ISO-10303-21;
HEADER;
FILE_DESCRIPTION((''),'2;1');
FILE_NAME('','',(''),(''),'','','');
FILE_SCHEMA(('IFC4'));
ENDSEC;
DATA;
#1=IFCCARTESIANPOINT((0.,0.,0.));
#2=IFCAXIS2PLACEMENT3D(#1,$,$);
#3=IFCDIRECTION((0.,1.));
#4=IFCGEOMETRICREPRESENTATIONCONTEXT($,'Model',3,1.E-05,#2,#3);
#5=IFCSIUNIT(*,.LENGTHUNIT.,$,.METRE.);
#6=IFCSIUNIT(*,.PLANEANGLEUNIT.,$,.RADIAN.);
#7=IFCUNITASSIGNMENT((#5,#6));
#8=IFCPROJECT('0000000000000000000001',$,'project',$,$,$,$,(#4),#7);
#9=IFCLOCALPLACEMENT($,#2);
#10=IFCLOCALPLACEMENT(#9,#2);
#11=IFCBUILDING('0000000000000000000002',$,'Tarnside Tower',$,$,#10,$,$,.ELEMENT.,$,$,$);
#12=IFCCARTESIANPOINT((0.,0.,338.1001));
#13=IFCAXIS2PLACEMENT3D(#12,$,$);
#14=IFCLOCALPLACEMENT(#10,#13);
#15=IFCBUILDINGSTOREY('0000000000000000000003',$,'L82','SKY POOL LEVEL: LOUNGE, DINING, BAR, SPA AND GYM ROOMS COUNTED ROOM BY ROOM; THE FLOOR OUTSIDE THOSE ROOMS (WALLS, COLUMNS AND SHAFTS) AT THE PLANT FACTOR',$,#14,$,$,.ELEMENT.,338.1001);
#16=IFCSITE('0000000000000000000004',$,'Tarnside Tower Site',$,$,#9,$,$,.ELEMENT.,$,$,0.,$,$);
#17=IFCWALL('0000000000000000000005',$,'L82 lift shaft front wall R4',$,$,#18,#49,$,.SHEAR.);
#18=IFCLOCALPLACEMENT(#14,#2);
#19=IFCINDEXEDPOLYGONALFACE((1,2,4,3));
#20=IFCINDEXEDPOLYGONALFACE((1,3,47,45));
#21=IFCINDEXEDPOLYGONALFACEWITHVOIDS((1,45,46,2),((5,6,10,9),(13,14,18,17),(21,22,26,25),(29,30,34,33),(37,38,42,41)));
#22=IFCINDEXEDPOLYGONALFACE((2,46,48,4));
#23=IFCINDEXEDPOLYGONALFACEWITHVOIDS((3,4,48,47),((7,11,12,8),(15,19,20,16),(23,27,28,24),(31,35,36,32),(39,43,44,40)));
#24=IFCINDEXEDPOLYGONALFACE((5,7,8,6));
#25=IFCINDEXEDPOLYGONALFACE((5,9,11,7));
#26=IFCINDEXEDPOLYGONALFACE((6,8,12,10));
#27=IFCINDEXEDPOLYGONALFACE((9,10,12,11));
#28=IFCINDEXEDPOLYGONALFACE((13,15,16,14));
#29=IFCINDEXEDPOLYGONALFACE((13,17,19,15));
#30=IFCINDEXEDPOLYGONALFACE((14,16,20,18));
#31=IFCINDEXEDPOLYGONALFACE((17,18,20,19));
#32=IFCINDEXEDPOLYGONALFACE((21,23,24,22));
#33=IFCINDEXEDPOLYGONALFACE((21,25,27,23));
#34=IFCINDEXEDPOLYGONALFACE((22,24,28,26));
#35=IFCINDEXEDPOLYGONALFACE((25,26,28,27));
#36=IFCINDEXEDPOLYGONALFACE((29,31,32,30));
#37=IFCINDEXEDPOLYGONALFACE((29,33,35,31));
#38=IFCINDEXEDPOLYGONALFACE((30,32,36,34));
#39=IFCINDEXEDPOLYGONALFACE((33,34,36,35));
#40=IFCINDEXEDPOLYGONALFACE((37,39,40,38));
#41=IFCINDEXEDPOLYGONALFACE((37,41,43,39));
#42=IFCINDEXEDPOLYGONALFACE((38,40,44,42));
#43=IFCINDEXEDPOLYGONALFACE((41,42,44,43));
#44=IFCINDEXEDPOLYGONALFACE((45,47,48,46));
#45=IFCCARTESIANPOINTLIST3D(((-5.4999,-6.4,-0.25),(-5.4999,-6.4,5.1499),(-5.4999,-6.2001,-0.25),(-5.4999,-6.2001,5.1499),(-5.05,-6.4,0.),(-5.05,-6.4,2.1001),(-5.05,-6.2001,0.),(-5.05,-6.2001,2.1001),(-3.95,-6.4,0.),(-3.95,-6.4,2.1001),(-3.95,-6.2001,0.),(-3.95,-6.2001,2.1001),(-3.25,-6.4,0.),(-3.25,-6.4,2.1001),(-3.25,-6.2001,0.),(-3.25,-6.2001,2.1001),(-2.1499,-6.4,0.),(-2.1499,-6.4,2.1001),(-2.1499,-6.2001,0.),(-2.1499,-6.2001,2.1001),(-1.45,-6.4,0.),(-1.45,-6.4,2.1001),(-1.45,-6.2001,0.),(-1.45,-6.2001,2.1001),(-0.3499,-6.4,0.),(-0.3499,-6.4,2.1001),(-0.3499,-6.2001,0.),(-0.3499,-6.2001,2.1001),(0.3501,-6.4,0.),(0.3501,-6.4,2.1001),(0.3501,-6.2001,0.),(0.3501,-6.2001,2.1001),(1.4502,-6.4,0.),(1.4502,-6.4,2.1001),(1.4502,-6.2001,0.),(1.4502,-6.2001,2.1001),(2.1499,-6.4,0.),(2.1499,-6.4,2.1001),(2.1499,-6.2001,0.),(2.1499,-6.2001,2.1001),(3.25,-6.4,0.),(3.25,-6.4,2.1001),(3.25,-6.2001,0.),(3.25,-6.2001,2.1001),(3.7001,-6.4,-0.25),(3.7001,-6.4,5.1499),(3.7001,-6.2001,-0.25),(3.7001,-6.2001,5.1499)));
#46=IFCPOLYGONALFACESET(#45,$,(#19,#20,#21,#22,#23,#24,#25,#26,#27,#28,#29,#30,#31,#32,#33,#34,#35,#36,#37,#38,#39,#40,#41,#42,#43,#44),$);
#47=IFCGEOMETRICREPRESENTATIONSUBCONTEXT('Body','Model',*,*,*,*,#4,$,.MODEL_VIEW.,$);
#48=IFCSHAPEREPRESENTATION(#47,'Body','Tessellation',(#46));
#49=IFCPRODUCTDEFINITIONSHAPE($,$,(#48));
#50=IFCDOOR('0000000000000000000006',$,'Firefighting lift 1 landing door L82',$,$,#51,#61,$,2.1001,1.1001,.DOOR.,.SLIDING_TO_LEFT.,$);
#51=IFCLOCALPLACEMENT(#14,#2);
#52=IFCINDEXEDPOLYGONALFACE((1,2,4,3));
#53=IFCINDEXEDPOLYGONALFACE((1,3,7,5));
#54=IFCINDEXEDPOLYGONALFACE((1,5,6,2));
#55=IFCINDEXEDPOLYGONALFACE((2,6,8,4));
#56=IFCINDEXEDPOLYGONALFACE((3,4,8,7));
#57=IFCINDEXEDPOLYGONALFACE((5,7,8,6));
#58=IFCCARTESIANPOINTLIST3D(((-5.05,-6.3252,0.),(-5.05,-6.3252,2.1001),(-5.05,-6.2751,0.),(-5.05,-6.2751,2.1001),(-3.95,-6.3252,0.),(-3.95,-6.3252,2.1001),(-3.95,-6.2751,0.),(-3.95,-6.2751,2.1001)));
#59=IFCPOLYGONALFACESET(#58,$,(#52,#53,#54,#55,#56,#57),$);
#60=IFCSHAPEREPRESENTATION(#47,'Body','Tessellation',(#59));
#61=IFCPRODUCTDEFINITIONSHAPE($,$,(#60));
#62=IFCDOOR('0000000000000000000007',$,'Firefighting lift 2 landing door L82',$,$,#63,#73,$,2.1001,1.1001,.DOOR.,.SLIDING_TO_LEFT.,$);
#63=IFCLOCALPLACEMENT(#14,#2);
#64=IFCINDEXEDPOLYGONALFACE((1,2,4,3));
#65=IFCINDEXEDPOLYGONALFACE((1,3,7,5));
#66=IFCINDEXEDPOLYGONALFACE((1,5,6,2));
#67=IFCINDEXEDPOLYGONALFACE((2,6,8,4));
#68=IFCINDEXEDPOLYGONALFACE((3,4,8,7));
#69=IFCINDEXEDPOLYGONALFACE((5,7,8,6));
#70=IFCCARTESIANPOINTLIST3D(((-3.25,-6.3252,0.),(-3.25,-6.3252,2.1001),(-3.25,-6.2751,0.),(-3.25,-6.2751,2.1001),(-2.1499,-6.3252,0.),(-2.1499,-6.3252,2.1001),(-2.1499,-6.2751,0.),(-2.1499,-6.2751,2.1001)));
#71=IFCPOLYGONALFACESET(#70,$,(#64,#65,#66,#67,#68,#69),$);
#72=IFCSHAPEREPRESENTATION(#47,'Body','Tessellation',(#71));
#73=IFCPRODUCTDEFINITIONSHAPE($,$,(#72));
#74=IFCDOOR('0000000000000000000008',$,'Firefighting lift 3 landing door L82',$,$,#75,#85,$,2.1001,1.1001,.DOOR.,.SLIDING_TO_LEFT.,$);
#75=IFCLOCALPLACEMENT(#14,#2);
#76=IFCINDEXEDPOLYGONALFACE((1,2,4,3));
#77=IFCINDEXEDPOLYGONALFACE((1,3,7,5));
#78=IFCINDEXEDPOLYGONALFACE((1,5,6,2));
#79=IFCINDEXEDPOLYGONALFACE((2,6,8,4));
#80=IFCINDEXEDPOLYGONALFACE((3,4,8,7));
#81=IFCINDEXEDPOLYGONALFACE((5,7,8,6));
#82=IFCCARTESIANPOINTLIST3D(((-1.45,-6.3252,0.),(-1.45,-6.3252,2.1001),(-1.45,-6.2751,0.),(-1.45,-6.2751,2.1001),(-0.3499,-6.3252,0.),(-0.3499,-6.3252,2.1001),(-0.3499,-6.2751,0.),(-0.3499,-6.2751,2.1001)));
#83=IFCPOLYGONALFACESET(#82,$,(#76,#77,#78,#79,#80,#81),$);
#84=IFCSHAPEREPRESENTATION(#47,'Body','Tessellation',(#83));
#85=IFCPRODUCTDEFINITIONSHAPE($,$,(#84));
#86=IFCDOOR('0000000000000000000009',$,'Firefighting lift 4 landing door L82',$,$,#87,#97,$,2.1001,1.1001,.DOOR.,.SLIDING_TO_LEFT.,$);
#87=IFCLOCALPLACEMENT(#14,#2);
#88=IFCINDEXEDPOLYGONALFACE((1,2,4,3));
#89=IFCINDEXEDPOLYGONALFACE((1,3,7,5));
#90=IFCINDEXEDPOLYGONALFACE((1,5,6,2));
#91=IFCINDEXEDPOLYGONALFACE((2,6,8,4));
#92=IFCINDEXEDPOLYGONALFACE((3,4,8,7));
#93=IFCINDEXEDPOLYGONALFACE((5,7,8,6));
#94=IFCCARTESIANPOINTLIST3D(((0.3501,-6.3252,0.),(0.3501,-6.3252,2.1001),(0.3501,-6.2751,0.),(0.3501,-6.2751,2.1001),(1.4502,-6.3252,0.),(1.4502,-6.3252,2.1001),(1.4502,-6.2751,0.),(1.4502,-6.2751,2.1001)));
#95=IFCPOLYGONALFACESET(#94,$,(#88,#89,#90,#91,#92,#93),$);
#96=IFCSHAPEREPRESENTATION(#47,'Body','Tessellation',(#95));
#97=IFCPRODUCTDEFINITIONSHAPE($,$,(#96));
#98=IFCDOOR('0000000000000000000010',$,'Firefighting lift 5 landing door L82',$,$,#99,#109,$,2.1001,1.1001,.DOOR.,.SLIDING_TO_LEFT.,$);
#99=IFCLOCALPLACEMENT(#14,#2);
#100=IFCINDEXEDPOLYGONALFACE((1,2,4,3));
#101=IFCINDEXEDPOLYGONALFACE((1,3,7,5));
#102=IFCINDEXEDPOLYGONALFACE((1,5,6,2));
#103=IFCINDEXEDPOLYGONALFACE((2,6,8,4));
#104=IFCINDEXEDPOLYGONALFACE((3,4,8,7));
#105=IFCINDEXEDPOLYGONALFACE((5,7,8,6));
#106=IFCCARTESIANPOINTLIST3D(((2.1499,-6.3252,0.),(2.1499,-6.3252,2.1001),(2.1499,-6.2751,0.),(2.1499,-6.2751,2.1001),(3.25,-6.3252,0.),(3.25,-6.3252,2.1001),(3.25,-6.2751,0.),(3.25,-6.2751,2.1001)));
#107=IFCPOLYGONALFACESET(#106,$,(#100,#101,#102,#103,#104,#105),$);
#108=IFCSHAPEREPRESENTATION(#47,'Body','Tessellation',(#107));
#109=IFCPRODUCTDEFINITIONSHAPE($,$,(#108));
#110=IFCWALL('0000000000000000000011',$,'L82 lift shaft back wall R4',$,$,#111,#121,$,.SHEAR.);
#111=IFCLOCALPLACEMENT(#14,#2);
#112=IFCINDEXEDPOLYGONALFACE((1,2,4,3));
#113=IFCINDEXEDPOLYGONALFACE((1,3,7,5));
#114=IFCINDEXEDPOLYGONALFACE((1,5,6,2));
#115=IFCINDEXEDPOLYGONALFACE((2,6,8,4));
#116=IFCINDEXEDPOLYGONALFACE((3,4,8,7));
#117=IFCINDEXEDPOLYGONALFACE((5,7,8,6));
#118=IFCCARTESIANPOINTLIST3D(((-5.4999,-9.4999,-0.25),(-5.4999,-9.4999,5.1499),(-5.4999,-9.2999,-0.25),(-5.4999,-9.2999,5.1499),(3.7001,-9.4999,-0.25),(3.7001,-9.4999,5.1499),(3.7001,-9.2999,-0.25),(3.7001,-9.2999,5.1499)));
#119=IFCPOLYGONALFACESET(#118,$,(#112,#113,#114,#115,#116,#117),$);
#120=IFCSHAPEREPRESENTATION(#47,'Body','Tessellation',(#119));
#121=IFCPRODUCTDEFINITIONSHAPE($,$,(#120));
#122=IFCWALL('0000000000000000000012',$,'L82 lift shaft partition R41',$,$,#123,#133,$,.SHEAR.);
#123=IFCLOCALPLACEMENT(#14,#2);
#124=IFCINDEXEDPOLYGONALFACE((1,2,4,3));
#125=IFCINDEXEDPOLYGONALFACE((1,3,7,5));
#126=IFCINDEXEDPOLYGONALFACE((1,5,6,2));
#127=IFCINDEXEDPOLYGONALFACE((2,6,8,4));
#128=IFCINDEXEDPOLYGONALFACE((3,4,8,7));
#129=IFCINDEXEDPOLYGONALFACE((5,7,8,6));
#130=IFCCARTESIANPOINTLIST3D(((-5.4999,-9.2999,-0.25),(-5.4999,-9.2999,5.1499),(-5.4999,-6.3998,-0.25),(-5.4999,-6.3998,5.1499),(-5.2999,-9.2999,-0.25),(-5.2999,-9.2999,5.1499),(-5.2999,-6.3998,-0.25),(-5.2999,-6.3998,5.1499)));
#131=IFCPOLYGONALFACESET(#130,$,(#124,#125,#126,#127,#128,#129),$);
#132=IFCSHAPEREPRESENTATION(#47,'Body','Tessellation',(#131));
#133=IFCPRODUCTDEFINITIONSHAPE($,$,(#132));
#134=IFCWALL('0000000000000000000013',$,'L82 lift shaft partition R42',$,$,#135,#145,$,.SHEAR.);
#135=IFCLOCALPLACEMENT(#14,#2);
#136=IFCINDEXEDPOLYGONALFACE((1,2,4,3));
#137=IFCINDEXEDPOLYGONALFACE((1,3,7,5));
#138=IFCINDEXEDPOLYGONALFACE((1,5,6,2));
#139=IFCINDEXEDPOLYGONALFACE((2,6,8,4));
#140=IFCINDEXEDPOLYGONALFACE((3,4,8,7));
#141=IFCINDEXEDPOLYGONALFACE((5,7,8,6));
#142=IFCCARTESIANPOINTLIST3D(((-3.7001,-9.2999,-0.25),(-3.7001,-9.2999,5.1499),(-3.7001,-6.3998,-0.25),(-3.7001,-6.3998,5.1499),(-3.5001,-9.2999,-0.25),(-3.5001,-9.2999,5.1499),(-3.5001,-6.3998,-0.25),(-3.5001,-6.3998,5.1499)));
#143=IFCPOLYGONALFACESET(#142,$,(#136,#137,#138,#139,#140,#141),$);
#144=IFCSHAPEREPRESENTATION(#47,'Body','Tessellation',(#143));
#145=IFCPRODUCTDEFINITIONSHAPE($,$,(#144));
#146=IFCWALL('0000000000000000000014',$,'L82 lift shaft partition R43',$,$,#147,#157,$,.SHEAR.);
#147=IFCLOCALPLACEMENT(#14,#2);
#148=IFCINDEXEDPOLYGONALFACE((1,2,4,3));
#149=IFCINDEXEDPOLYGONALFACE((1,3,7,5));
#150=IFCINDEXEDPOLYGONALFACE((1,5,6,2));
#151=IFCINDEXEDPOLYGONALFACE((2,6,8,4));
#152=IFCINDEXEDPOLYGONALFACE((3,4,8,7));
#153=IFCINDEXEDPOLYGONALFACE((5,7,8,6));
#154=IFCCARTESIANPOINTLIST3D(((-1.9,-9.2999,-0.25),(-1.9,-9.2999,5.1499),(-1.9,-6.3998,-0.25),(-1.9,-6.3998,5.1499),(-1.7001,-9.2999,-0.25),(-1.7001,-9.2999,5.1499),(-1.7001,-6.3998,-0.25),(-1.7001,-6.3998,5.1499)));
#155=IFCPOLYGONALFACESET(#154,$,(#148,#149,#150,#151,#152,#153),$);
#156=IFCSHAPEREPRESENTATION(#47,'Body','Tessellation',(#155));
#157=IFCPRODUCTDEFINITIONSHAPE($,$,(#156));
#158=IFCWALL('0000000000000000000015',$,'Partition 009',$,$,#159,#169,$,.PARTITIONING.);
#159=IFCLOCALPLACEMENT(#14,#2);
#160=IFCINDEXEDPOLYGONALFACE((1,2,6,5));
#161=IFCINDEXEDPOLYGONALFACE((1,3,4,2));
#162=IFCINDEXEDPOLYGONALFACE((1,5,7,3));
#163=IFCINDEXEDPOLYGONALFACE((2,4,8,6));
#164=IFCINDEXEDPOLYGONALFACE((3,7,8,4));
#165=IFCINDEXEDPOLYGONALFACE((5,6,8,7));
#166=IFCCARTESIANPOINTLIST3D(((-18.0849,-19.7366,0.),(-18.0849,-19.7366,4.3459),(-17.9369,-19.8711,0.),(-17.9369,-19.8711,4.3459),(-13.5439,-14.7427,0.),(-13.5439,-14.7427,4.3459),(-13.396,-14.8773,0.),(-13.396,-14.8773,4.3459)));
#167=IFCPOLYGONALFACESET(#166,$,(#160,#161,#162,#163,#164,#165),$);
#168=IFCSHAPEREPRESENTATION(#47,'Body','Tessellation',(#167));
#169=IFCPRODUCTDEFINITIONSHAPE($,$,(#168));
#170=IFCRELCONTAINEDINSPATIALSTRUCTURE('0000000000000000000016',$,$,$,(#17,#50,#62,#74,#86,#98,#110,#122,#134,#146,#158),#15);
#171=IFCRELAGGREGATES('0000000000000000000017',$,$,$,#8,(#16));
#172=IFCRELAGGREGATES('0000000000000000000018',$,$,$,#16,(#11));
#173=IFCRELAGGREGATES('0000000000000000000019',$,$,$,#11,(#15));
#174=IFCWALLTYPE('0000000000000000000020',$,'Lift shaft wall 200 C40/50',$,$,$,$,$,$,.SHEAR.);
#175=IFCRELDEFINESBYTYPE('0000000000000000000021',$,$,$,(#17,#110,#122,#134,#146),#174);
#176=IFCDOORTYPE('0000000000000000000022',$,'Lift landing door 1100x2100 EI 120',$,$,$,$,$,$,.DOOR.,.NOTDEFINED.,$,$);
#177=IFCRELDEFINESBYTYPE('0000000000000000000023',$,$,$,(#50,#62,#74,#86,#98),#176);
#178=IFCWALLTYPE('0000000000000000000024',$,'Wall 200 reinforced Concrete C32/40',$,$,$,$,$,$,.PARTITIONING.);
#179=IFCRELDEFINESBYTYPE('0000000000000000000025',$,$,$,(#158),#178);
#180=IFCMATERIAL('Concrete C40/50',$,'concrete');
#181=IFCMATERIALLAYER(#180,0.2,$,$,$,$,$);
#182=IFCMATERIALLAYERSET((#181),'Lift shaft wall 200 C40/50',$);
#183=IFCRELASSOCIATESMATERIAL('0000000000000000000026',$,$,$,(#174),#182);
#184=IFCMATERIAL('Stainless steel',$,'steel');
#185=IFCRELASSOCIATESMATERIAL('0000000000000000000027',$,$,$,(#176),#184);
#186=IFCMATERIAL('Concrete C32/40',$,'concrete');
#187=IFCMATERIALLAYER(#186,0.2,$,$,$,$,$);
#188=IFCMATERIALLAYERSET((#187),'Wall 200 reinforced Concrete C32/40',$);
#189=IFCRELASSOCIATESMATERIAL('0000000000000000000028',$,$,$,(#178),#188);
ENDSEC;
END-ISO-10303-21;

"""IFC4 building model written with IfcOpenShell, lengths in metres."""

from ifc_helpers import new_model, si_unit, direction, frame, frame_2d, origin, place, context, subcontext, project, spatial, rectangle, extrude, material, layer, layer_set, type_object, element, fill, save


model = new_model("IFC4")

# Units and contexts
model_context = context("Model", 3, precision=1e-05, world=origin(), true_north=direction((0.0, 1.0)))
body_context = subcontext(model_context, "Body", "Model", "MODEL_VIEW")
ifc_project = project(units=[si_unit("LENGTHUNIT", "METRE"), si_unit("PLANEANGLEUNIT", "RADIAN")], contexts=[model_context])

# Site, building, storey
site_placement = place(None, origin())
site = spatial("IfcSite", under=ifc_project, at=site_placement, Name="Tarnside Tower Site", CompositionType="ELEMENT", RefElevation=0.0)
building_placement = place(site_placement, origin())
building = spatial("IfcBuilding", under=site, at=building_placement, Name="Tarnside Tower", CompositionType="ELEMENT")
storey_placement = place(building_placement, frame((0.0, 0.0, 338.1001)))
storey = spatial("IfcBuildingStorey", under=building, at=storey_placement, Name="L82", Description="SKY POOL LEVEL: LOUNGE, DINING, BAR, SPA AND GYM ROOMS COUNTED ROOM BY ROOM; THE FLOOR OUTSIDE THOSE ROOMS (WALLS, COLUMNS AND SHAFTS) AT THE PLANT FACTOR", CompositionType="ELEMENT", Elevation=338.1001)

# Wall, openings, doors
ifc_material_1 = material(Name="Concrete C40/50", Category="concrete")
ifc_layer_1 = layer(ifc_material_1, 0.2)
ifc_layer_set_1 = layer_set([ifc_layer_1], Name="Lift shaft wall 200 C40/50")
wall_type_1 = type_object("IfcWallType", Name="Lift shaft wall 200 C40/50", PredefinedType="SHEAR", material=ifc_layer_set_1)
wall_1_placement = place(storey_placement, frame((-5.5, -6.3, -0.25), z_axis=(0.0, 0.0, 1.0), x_axis=(1.0, 0.0, 0.0)))
wall_1 = element("IfcWall", 1, at=wall_1_placement, inside=storey, type_object=wall_type_1, Name="L82 lift shaft front wall R4", PredefinedType="SHEAR", context=body_context, shape_type="SweptSolid", body=[
    extrude(rectangle(XDim=9.2, YDim=0.2, at=frame_2d((4.6001, 0.0))), origin(), (0.0, 0.0, 1.0), 5.3999),
])
opening_1_placement = place(wall_1_placement, frame((0.45, 0.0, 0.25)))
opening_1 = element("IfcOpeningElement", 2, at=opening_1_placement, cuts=wall_1, PredefinedType="OPENING", context=body_context, shape_type="SweptSolid", body=[
    extrude(rectangle(XDim=1.1001, YDim=2.1001, at=frame_2d((0.55, 1.05))), frame((0.0, 0.1099, 0.0), z_axis=(0.0, -1.0, 0.0), x_axis=(1.0, 0.0, 0.0)), (0.0, 0.0, 1.0), 0.22),
])
opening_2_placement = place(wall_1_placement, frame((2.25, 0.0, 0.25)))
opening_2 = element("IfcOpeningElement", 3, at=opening_2_placement, cuts=wall_1, PredefinedType="OPENING", context=body_context, shape_type="SweptSolid", body=[
    extrude(rectangle(XDim=1.1001, YDim=2.1001, at=frame_2d((0.55, 1.05))), frame((0.0, 0.1099, 0.0), z_axis=(0.0, -1.0, 0.0), x_axis=(1.0, 0.0, 0.0)), (0.0, 0.0, 1.0), 0.22),
])
opening_3_placement = place(wall_1_placement, frame((4.05, 0.0, 0.25)))
opening_3 = element("IfcOpeningElement", 4, at=opening_3_placement, cuts=wall_1, PredefinedType="OPENING", context=body_context, shape_type="SweptSolid", body=[
    extrude(rectangle(XDim=1.1001, YDim=2.1001, at=frame_2d((0.55, 1.05))), frame((0.0, 0.1099, 0.0), z_axis=(0.0, -1.0, 0.0), x_axis=(1.0, 0.0, 0.0)), (0.0, 0.0, 1.0), 0.22),
])
opening_4_placement = place(wall_1_placement, frame((5.8501, 0.0, 0.25)))
opening_4 = element("IfcOpeningElement", 5, at=opening_4_placement, cuts=wall_1, PredefinedType="OPENING", context=body_context, shape_type="SweptSolid", body=[
    extrude(rectangle(XDim=1.1001, YDim=2.1001, at=frame_2d((0.55, 1.05))), frame((0.0, 0.1099, 0.0), z_axis=(0.0, -1.0, 0.0), x_axis=(1.0, 0.0, 0.0)), (0.0, 0.0, 1.0), 0.22),
])
opening_5_placement = place(wall_1_placement, frame((7.6499, 0.0, 0.25)))
opening_5 = element("IfcOpeningElement", 6, at=opening_5_placement, cuts=wall_1, PredefinedType="OPENING", context=body_context, shape_type="SweptSolid", body=[
    extrude(rectangle(XDim=1.1001, YDim=2.1001, at=frame_2d((0.55, 1.05))), frame((0.0, 0.1099, 0.0), z_axis=(0.0, -1.0, 0.0), x_axis=(1.0, 0.0, 0.0)), (0.0, 0.0, 1.0), 0.22),
])
ifc_material_2 = material(Name="Stainless steel", Category="steel")
door_type = type_object("IfcDoorType", Name="Lift landing door 1100x2100 EI 120", OperationType="NOTDEFINED", PredefinedType="DOOR", material=ifc_material_2)
door_1_placement = place(opening_1_placement, origin())
door_1 = element("IfcDoor", 7, at=door_1_placement, inside=storey, type_object=door_type, Name="Firefighting lift 1 landing door L82", OperationType="SLIDING_TO_LEFT", OverallHeight=2.1001, OverallWidth=1.1001, PredefinedType="DOOR", context=body_context, shape_type="SweptSolid", body=[
    extrude(rectangle(XDim=1.1001, YDim=2.1001, at=frame_2d((0.55, 1.05))), frame((0.0, 0.0249, 0.0), z_axis=(0.0, -1.0, 0.0), x_axis=(1.0, 0.0, 0.0)), (0.0, 0.0, 1.0), 0.05),
])
fill(opening_1, door_1)
door_2_placement = place(opening_2_placement, origin())
door_2 = element("IfcDoor", 8, at=door_2_placement, inside=storey, type_object=door_type, Name="Firefighting lift 2 landing door L82", OperationType="SLIDING_TO_LEFT", OverallHeight=2.1001, OverallWidth=1.1001, PredefinedType="DOOR", context=body_context, shape_type="SweptSolid", body=[
    extrude(rectangle(XDim=1.1001, YDim=2.1001, at=frame_2d((0.55, 1.05))), frame((0.0, 0.0249, 0.0), z_axis=(0.0, -1.0, 0.0), x_axis=(1.0, 0.0, 0.0)), (0.0, 0.0, 1.0), 0.05),
])
fill(opening_2, door_2)
door_3_placement = place(opening_3_placement, origin())
door_3 = element("IfcDoor", 9, at=door_3_placement, inside=storey, type_object=door_type, Name="Firefighting lift 3 landing door L82", OperationType="SLIDING_TO_LEFT", OverallHeight=2.1001, OverallWidth=1.1001, PredefinedType="DOOR", context=body_context, shape_type="SweptSolid", body=[
    extrude(rectangle(XDim=1.1001, YDim=2.1001, at=frame_2d((0.55, 1.05))), frame((0.0, 0.0249, 0.0), z_axis=(0.0, -1.0, 0.0), x_axis=(1.0, 0.0, 0.0)), (0.0, 0.0, 1.0), 0.05),
])
fill(opening_3, door_3)
door_4_placement = place(opening_4_placement, origin())
door_4 = element("IfcDoor", 10, at=door_4_placement, inside=storey, type_object=door_type, Name="Firefighting lift 4 landing door L82", OperationType="SLIDING_TO_LEFT", OverallHeight=2.1001, OverallWidth=1.1001, PredefinedType="DOOR", context=body_context, shape_type="SweptSolid", body=[
    extrude(rectangle(XDim=1.1001, YDim=2.1001, at=frame_2d((0.55, 1.05))), frame((0.0, 0.0249, 0.0), z_axis=(0.0, -1.0, 0.0), x_axis=(1.0, 0.0, 0.0)), (0.0, 0.0, 1.0), 0.05),
])
fill(opening_4, door_4)
door_5_placement = place(opening_5_placement, origin())
door_5 = element("IfcDoor", 11, at=door_5_placement, inside=storey, type_object=door_type, Name="Firefighting lift 5 landing door L82", OperationType="SLIDING_TO_LEFT", OverallHeight=2.1001, OverallWidth=1.1001, PredefinedType="DOOR", context=body_context, shape_type="SweptSolid", body=[
    extrude(rectangle(XDim=1.1001, YDim=2.1001, at=frame_2d((0.55, 1.05))), frame((0.0, 0.0249, 0.0), z_axis=(0.0, -1.0, 0.0), x_axis=(1.0, 0.0, 0.0)), (0.0, 0.0, 1.0), 0.05),
])
fill(opening_5, door_5)

# Walls
wall_2_placement = place(storey_placement, frame((-5.5, -9.3999, -0.25), z_axis=(0.0, 0.0, 1.0), x_axis=(1.0, 0.0, 0.0)))
element("IfcWall", 12, at=wall_2_placement, inside=storey, type_object=wall_type_1, Name="L82 lift shaft back wall R4", PredefinedType="SHEAR", context=body_context, shape_type="SweptSolid", body=[
    extrude(rectangle(XDim=9.2, YDim=0.2, at=frame_2d((4.6001, 0.0))), origin(), (0.0, 0.0, 1.0), 5.3999),
])
for number, where, z_axis, x_axis, name in (
    (13, (-5.3999, -9.3, -0.25), (0.0, 0.0, 1.0), (0.0, 1.0, 0.0), "L82 lift shaft partition R41"),
    (14, (-3.6001, -9.3, -0.25), (0.0, 0.0, 1.0), (0.0, 1.0, 0.0), "L82 lift shaft partition R42"),
    (15, (-1.8, -9.3, -0.25), (0.0, 0.0, 1.0), (0.0, 1.0, 0.0), "L82 lift shaft partition R43"),
):
    element("IfcWall", number, at=place(storey_placement, frame(where, z_axis=z_axis, x_axis=x_axis)), inside=storey, type_object=wall_type_1, Name=name, PredefinedType="SHEAR", context=body_context, shape_type="SweptSolid", body=[
        extrude(rectangle(XDim=2.9001, YDim=0.2, at=frame_2d((1.4502, 0.0))), origin(), (0.0, 0.0, 1.0), 5.3999),
    ])
ifc_material_3 = material(Name="Concrete C32/40", Category="concrete")
ifc_layer_2 = layer(ifc_material_3, 0.2)
ifc_layer_set_2 = layer_set([ifc_layer_2], Name="Wall 200 reinforced Concrete C32/40")
wall_type_2 = type_object("IfcWallType", Name="Wall 200 reinforced Concrete C32/40", PredefinedType="PARTITIONING", material=ifc_layer_set_2)
wall_3_placement = place(storey_placement, frame((-18.011, -19.804, 0.0), z_axis=(0.0, 0.0, 1.0), x_axis=(0.672763, 0.739858, 0.0)))
element("IfcWall", 16, at=wall_3_placement, inside=storey, type_object=wall_type_2, Name="Partition 009", PredefinedType="PARTITIONING", context=body_context, shape_type="SweptSolid", body=[
    extrude(rectangle(XDim=6.7498, YDim=0.2, at=frame_2d((3.375, 0.0))), origin(), (0.0, 0.0, 1.0), 4.3459),
])

save(model, "model.ifc")
